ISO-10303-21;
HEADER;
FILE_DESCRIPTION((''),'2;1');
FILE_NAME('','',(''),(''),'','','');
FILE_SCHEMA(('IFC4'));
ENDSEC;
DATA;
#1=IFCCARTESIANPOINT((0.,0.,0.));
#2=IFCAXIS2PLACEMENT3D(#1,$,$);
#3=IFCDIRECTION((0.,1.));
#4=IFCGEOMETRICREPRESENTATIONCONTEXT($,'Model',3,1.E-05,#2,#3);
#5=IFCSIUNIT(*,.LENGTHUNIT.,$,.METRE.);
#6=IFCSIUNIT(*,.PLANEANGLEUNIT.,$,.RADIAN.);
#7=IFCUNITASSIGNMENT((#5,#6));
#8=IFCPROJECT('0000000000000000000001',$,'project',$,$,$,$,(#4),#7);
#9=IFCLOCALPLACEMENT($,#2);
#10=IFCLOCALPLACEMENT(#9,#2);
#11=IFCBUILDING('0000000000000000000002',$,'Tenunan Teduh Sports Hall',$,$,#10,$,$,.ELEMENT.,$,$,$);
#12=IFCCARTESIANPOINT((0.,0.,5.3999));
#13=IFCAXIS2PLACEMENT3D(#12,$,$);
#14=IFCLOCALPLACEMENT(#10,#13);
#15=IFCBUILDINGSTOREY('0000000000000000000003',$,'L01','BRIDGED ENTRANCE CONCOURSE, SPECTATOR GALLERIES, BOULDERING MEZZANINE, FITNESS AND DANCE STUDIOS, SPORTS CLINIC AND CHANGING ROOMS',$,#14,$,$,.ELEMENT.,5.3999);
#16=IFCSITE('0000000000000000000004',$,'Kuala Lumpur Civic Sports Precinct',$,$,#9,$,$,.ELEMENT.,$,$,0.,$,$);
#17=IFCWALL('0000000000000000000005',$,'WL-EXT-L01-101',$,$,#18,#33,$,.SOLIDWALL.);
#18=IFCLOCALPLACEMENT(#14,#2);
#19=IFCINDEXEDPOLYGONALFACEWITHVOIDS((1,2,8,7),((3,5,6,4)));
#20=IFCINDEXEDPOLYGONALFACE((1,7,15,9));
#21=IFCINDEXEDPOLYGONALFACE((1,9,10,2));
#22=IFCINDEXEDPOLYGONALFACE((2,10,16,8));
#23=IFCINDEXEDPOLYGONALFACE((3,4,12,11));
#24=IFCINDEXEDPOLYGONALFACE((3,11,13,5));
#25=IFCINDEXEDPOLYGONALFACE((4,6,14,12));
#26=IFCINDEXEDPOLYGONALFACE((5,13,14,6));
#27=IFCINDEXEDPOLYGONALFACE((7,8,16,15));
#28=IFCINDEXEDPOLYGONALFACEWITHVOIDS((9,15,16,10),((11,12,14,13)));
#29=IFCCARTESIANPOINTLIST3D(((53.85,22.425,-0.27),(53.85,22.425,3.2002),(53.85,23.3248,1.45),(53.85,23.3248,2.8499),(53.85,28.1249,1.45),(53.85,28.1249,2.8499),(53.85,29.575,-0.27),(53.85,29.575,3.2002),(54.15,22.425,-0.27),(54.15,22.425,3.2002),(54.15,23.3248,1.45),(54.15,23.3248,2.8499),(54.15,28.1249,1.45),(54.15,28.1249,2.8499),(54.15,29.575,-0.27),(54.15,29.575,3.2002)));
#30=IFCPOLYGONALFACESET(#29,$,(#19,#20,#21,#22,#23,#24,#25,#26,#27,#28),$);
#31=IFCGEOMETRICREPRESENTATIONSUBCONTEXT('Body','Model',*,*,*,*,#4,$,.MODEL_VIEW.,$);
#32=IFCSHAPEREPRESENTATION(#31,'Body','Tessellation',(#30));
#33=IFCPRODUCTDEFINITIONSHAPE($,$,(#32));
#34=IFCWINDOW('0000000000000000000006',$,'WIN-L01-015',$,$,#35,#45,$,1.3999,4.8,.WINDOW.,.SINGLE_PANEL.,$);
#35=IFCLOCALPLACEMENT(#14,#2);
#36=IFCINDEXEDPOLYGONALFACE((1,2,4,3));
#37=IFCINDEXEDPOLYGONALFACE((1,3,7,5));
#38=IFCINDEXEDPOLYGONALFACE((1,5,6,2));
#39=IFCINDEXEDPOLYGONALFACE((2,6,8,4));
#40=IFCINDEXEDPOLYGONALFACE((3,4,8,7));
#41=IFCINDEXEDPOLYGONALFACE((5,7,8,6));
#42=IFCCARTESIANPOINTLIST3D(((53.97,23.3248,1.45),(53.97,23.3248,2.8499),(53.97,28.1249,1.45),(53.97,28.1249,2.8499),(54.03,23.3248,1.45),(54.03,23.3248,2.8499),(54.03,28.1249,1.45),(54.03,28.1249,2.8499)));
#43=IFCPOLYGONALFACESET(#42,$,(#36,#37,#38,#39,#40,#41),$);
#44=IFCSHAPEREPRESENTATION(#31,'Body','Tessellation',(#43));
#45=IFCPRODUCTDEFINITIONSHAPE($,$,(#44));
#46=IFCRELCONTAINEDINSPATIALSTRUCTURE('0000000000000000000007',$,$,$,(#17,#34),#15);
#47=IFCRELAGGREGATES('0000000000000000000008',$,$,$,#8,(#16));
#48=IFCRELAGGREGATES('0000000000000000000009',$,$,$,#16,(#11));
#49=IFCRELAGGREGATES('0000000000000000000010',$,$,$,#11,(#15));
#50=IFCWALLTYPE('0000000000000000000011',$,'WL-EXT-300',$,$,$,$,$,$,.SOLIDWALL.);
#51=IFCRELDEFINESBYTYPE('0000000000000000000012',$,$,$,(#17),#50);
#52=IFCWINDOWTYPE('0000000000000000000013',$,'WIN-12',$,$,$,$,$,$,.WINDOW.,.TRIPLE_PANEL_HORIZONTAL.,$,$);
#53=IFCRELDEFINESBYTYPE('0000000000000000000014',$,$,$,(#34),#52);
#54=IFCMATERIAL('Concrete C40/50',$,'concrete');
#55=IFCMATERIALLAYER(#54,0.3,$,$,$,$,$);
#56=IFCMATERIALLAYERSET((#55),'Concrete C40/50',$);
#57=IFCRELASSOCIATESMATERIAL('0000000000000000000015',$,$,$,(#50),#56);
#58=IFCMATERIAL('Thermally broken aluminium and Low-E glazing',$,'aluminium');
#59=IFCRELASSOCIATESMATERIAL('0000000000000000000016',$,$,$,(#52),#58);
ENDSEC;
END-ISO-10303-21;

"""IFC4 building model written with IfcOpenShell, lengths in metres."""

from ifc_helpers import new_model, si_unit, direction, frame, frame_2d, origin, place, context, subcontext, project, spatial, rectangle, extrude, material, layer, layer_set, type_object, element, fill, save


model = new_model("IFC4")

# Units and contexts
model_context = context("Model", 3, precision=1e-05, world=origin(), true_north=direction((0.0, 1.0)))
body_context = subcontext(model_context, "Body", "Model", "MODEL_VIEW")
ifc_project = project(units=[si_unit("LENGTHUNIT", "METRE"), si_unit("PLANEANGLEUNIT", "RADIAN")], contexts=[model_context])

# Site, building, storey
site_placement = place(None, origin())
site = spatial("IfcSite", under=ifc_project, at=site_placement, Name="Kuala Lumpur Civic Sports Precinct", CompositionType="ELEMENT", RefElevation=0.0)
building_placement = place(site_placement, origin())
building = spatial("IfcBuilding", under=site, at=building_placement, Name="Tenunan Teduh Sports Hall", CompositionType="ELEMENT")
storey_placement = place(building_placement, frame((0.0, 0.0, 5.3999)))
storey = spatial("IfcBuildingStorey", under=building, at=storey_placement, Name="L01", Description="BRIDGED ENTRANCE CONCOURSE, SPECTATOR GALLERIES, BOULDERING MEZZANINE, FITNESS AND DANCE STUDIOS, SPORTS CLINIC AND CHANGING ROOMS", CompositionType="ELEMENT", Elevation=5.3999)

# Wall, opening, window
ifc_material_1 = material(Name="Concrete C40/50", Category="concrete")
ifc_layer_1 = layer(ifc_material_1, 0.3)
ifc_layer_set_1 = layer_set([ifc_layer_1], Name="Concrete C40/50")
wall_type = type_object("IfcWallType", Name="WL-EXT-300", PredefinedType="SOLIDWALL", material=ifc_layer_set_1)
wall_placement = place(storey_placement, frame((54.0, 22.425, -0.27), z_axis=(0.0, 0.0, 1.0), x_axis=(0.0, 1.0, 0.0)))
wall = element("IfcWall", 1, at=wall_placement, inside=storey, type_object=wall_type, Name="WL-EXT-L01-101", PredefinedType="SOLIDWALL", context=body_context, shape_type="SweptSolid", body=[
    extrude(rectangle(XDim=7.1499, YDim=0.3, at=frame_2d((3.575, 0.0))), origin(), (0.0, 0.0, 1.0), 3.4702),
])
opening_placement = place(wall_placement, frame((0.8999, 0.0, 1.72)))
opening = element("IfcOpeningElement", 2, at=opening_placement, cuts=wall, PredefinedType="OPENING", context=body_context, shape_type="SweptSolid", body=[
    extrude(rectangle(XDim=4.8, YDim=1.3999, at=frame_2d((2.3999, 0.7))), frame((0.0, 0.1599, 0.0), z_axis=(0.0, -1.0, 0.0), x_axis=(1.0, 0.0, 0.0)), (0.0, 0.0, 1.0), 0.3201),
])
ifc_material_2 = material(Name="Thermally broken aluminium and Low-E glazing", Category="aluminium")
window_type = type_object("IfcWindowType", Name="WIN-12", PartitioningType="TRIPLE_PANEL_HORIZONTAL", PredefinedType="WINDOW", material=ifc_material_2)
window_placement = place(opening_placement, origin())
window = element("IfcWindow", 3, at=window_placement, inside=storey, type_object=window_type, Name="WIN-L01-015", OverallHeight=1.3999, OverallWidth=4.8, PartitioningType="SINGLE_PANEL", PredefinedType="WINDOW", context=body_context, shape_type="SweptSolid", body=[
    extrude(rectangle(XDim=4.8, YDim=1.3999, at=frame_2d((2.3999, 0.7))), frame((0.0, 0.03, 0.0), z_axis=(0.0, -1.0, 0.0), x_axis=(1.0, 0.0, 0.0)), (0.0, 0.0, 1.0), 0.0601),
])
fill(opening, window)

save(model, "model.ifc")
